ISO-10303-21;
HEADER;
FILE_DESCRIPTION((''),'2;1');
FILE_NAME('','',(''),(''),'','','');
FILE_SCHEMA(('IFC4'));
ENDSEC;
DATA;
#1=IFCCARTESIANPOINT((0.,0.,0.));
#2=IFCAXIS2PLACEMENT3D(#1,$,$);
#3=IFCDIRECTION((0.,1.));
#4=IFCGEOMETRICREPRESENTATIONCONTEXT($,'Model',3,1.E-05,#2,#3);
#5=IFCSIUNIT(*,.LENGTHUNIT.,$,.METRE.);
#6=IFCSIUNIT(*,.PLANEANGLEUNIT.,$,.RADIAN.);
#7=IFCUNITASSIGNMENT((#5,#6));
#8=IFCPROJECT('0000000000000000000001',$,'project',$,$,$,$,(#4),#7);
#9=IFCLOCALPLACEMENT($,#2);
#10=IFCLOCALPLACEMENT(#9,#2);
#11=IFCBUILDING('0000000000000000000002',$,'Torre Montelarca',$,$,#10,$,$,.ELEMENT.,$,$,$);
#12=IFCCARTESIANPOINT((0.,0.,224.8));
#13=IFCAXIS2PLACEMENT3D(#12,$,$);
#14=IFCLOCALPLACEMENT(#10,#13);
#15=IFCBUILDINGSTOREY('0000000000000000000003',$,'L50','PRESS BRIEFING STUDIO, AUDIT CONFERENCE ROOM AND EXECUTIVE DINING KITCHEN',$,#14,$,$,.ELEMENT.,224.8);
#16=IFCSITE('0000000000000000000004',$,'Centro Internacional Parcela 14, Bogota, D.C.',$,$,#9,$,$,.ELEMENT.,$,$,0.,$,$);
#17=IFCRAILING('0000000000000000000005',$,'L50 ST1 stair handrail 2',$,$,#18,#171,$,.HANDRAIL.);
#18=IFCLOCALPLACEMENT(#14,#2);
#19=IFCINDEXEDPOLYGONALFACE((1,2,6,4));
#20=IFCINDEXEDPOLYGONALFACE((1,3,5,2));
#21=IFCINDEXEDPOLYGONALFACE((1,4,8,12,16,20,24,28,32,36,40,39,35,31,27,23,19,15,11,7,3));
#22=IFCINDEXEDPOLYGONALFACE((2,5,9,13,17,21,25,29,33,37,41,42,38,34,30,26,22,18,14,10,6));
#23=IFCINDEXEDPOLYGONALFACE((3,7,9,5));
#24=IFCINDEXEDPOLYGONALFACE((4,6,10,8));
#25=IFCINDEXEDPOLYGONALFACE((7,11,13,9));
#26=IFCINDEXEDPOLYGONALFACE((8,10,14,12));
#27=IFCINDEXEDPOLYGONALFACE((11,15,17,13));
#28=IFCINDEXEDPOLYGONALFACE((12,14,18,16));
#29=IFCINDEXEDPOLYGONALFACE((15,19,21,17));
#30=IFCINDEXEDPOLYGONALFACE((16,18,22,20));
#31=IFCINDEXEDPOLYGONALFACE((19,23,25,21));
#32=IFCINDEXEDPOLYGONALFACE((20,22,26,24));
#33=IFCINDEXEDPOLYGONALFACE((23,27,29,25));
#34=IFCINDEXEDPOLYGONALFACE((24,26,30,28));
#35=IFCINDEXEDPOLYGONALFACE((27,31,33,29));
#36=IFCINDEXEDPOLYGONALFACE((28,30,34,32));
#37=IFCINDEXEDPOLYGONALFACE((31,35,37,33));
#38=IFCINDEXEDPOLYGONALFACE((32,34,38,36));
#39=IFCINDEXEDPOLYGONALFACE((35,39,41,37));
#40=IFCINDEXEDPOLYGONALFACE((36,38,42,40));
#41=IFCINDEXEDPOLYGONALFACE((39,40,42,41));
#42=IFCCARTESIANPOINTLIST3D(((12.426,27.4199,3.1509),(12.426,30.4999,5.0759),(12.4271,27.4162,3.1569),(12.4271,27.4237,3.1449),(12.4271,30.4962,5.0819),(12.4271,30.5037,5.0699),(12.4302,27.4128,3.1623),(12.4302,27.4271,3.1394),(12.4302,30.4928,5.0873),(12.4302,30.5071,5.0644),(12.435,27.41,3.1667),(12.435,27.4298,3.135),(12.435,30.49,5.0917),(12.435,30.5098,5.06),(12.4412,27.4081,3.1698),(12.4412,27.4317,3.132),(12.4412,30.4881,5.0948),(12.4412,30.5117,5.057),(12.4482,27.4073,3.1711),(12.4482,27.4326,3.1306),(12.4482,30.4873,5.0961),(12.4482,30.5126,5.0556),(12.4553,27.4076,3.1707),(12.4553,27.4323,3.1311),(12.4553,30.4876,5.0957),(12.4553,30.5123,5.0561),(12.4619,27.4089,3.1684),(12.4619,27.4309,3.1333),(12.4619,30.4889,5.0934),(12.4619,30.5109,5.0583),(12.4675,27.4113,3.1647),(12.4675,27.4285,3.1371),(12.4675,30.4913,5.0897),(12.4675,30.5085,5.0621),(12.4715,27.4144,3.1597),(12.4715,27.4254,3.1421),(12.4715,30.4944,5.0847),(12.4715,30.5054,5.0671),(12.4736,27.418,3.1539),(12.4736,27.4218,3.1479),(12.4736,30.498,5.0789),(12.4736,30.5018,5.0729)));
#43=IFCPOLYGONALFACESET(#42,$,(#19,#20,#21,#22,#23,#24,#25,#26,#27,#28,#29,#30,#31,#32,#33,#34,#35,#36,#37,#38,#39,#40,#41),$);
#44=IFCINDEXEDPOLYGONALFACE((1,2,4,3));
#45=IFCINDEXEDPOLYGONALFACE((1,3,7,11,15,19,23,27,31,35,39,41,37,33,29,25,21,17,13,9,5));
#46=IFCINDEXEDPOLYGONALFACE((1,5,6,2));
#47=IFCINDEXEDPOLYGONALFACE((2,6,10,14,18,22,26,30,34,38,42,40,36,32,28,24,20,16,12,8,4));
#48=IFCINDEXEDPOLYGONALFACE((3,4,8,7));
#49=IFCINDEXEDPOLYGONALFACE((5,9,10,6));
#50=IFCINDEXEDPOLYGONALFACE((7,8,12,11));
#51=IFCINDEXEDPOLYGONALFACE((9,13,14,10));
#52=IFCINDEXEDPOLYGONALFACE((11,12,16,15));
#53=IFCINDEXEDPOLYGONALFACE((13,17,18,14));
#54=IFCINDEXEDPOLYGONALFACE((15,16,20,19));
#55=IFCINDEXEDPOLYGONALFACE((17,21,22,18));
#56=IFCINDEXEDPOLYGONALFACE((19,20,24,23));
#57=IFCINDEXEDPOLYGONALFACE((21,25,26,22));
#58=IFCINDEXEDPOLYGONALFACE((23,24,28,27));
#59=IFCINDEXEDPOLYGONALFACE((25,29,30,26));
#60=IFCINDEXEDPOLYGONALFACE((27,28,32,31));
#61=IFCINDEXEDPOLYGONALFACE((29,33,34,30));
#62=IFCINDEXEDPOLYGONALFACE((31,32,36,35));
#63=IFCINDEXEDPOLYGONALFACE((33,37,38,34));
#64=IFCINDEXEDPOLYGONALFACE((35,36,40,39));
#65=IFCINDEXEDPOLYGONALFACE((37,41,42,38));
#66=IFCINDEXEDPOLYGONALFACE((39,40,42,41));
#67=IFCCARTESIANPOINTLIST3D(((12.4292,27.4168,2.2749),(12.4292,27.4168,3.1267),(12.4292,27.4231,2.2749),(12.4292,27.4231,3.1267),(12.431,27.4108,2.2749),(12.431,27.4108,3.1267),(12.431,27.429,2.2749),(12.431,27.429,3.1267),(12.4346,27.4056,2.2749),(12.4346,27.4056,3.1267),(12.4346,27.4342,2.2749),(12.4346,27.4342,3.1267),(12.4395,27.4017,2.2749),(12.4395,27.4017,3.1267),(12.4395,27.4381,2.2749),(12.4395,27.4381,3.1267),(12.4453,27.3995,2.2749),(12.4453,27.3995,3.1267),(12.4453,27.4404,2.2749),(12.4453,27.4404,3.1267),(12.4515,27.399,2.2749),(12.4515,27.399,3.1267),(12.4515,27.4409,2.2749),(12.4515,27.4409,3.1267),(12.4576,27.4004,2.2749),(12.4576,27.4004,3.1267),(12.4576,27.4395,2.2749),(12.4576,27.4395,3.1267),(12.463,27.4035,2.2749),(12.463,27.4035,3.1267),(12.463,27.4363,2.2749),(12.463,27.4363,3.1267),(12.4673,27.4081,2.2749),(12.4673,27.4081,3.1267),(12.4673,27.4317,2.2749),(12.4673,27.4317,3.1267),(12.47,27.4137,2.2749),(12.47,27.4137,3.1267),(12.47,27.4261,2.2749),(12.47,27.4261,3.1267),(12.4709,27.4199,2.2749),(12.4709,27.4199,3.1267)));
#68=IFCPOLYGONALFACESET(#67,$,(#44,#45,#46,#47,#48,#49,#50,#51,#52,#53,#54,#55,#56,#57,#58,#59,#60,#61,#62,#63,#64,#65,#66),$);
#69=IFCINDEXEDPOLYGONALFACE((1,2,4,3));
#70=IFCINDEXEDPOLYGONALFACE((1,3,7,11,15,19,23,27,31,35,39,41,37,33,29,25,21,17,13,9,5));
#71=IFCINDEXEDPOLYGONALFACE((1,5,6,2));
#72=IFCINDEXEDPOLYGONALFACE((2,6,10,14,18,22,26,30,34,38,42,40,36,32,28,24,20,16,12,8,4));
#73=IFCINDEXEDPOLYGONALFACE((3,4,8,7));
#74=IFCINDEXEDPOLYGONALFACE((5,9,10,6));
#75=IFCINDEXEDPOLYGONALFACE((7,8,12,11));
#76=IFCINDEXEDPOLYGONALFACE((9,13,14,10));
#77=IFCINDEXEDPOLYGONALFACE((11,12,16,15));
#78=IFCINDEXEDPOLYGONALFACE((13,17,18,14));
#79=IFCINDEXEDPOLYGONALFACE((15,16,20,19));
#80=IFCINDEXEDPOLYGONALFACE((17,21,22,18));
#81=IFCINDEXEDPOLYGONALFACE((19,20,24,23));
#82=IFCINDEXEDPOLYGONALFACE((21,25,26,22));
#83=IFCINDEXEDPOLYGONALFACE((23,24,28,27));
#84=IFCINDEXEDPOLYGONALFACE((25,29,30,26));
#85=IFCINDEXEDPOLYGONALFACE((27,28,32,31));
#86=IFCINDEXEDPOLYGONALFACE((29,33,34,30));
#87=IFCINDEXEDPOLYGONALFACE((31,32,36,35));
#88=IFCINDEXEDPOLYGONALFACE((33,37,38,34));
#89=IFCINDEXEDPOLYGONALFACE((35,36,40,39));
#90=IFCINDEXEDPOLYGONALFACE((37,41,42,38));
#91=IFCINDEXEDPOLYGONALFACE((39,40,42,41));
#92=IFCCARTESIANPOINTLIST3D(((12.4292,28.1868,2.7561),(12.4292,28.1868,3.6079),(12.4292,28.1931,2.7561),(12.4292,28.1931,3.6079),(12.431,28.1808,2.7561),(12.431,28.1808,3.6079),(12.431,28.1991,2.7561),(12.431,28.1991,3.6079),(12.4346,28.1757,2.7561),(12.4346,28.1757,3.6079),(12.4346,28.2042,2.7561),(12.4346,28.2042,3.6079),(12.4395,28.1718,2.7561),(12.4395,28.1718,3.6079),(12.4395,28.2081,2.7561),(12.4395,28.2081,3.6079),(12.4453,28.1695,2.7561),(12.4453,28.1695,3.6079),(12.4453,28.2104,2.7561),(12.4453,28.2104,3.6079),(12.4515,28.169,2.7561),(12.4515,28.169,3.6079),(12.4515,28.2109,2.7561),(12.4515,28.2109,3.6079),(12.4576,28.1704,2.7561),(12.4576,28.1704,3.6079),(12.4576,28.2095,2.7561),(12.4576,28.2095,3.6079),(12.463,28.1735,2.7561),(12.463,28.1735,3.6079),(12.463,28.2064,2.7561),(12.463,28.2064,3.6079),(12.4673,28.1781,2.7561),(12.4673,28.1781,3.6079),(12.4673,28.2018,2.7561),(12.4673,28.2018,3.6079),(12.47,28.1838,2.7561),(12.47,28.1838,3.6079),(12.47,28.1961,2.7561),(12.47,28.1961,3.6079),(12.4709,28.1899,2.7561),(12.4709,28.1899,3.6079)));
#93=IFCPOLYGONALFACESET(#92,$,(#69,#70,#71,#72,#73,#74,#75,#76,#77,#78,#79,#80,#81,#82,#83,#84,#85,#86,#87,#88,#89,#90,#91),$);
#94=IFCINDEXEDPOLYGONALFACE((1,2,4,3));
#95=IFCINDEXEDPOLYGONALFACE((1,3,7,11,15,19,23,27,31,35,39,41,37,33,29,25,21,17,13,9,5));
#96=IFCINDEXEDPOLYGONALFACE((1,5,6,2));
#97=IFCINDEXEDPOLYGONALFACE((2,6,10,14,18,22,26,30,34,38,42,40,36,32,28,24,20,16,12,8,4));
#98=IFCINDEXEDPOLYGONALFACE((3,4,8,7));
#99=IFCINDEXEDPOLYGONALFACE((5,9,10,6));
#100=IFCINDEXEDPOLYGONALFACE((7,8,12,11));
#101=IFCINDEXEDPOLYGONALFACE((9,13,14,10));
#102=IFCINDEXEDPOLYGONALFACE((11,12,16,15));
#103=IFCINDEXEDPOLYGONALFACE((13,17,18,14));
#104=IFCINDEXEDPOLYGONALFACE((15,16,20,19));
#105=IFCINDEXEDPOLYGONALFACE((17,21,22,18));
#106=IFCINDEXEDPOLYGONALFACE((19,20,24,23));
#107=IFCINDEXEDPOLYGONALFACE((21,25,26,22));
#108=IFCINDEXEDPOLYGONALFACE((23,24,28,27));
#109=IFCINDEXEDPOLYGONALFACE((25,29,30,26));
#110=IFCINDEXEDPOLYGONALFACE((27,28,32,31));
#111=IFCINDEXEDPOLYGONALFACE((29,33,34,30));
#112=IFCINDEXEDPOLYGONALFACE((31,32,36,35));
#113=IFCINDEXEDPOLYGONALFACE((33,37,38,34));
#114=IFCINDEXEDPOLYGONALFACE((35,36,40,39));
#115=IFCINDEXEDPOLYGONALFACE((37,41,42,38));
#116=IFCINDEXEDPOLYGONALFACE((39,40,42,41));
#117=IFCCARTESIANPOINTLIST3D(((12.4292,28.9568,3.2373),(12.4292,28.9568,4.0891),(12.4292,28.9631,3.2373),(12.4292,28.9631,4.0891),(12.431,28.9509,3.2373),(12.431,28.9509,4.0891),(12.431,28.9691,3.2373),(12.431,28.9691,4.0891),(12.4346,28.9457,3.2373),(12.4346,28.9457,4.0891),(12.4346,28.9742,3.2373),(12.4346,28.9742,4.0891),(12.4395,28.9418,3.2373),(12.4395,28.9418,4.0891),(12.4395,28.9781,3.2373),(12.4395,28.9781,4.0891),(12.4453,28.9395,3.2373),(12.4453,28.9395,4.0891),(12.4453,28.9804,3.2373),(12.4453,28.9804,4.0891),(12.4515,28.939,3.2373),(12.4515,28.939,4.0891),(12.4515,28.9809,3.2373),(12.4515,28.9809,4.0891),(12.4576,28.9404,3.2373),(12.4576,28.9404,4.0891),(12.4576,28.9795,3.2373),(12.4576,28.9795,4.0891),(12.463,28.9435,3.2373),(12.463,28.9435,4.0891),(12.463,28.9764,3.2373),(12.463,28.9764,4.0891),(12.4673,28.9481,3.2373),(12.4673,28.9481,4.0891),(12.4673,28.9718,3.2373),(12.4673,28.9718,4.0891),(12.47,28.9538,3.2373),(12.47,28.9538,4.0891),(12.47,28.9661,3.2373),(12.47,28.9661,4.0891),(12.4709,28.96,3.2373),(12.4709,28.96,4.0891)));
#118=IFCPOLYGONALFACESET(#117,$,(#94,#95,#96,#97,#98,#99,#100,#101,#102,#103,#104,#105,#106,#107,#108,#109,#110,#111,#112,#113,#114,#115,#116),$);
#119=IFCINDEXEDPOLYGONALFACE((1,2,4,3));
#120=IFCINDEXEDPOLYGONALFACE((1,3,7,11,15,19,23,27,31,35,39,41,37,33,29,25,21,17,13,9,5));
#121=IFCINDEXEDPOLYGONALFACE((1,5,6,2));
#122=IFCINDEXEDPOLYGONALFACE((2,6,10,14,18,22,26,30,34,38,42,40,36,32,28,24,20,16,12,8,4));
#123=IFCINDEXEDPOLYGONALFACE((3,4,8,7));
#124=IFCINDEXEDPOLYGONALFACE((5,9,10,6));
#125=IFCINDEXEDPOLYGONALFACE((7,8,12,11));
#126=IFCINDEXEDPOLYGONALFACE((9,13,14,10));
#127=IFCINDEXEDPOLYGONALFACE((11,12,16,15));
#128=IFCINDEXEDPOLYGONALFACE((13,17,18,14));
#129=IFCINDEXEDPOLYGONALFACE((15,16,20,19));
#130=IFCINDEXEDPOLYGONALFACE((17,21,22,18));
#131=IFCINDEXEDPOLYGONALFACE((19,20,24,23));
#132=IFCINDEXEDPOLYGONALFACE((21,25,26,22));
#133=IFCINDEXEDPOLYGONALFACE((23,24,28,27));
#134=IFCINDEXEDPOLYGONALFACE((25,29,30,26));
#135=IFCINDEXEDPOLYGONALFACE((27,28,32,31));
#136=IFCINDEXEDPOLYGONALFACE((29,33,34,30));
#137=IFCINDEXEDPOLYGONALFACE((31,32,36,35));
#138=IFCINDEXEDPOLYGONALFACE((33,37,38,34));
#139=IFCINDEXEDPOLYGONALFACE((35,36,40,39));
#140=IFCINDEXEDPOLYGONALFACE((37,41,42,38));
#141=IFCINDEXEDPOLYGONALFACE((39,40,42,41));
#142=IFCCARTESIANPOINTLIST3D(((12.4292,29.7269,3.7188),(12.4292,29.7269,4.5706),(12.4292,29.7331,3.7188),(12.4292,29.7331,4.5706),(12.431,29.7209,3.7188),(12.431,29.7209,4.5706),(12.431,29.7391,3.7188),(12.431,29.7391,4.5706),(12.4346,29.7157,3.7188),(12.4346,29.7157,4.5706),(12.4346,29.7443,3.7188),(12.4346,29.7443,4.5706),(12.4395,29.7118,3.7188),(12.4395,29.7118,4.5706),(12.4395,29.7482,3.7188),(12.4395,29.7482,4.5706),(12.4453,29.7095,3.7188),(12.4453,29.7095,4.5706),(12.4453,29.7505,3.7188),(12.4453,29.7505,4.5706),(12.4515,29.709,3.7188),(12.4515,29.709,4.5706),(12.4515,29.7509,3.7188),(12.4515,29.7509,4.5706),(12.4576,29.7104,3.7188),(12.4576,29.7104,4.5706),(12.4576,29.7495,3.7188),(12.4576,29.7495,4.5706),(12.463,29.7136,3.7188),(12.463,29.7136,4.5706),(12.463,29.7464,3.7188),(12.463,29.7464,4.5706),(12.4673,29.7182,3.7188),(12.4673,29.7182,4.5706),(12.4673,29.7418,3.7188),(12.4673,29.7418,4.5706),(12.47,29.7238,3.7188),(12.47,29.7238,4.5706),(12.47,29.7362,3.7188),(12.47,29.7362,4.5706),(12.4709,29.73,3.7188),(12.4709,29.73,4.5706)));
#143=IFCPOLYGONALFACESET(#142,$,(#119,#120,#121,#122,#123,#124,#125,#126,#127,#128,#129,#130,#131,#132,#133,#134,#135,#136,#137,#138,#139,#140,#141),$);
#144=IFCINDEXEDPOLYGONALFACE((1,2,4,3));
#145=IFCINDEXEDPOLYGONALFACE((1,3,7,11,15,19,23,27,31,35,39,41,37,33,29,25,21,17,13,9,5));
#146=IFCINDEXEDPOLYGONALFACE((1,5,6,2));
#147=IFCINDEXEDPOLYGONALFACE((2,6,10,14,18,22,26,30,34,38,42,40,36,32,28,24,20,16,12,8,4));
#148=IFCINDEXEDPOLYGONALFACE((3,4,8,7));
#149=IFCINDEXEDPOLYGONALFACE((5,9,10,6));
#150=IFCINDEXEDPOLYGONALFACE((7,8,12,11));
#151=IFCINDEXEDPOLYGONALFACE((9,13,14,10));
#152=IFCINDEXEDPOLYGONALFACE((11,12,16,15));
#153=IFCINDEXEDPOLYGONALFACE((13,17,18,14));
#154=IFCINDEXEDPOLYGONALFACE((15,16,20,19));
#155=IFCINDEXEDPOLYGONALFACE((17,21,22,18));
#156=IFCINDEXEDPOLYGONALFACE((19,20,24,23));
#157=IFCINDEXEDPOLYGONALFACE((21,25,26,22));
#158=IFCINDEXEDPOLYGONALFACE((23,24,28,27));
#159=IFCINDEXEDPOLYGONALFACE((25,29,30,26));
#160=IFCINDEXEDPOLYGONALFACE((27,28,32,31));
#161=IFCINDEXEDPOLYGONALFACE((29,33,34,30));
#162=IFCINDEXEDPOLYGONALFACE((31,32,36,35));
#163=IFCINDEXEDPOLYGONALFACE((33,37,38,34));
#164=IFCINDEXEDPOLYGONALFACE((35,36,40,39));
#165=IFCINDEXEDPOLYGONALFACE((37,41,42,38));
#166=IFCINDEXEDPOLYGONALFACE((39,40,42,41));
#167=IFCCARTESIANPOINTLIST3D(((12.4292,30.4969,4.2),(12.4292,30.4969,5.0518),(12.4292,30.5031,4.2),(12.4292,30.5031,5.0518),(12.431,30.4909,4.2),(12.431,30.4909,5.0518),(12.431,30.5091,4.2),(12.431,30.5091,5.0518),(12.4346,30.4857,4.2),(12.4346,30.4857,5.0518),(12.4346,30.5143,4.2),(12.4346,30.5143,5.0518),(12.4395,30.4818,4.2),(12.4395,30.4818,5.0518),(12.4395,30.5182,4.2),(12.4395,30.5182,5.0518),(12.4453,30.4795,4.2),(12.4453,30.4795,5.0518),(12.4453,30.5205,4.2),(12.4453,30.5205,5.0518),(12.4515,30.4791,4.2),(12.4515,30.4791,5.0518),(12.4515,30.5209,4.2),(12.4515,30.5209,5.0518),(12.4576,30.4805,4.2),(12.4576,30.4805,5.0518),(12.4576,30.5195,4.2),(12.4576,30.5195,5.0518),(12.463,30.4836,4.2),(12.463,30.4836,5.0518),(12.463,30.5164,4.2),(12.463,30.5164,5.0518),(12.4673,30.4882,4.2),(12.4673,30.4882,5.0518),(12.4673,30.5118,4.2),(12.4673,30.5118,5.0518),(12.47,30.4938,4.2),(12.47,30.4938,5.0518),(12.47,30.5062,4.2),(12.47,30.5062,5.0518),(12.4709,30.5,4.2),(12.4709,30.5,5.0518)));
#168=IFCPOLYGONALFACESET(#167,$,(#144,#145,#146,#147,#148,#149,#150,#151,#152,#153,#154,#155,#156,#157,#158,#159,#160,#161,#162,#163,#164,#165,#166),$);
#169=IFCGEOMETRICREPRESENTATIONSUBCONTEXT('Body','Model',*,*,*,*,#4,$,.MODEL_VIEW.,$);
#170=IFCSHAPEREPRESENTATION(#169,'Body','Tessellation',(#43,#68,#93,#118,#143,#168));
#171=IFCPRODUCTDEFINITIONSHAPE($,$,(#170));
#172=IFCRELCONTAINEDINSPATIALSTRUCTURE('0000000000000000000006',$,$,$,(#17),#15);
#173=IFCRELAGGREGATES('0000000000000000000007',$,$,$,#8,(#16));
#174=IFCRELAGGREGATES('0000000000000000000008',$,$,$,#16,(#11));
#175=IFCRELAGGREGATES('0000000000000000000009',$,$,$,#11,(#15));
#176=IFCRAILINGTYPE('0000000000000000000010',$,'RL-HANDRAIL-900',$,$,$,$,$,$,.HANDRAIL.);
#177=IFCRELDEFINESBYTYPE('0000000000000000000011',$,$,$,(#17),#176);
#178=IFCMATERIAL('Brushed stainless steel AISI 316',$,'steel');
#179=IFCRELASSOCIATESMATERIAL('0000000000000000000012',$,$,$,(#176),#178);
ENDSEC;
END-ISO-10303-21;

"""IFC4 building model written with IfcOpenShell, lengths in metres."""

from ifc_helpers import new_model, si_unit, direction, frame, origin, origin_2d, place, context, subcontext, project, spatial, circle, extrude, material, type_object, element, save


model = new_model("IFC4")

# Units and contexts
model_context = context("Model", 3, precision=1e-05, world=origin(), true_north=direction((0.0, 1.0)))
body_context = subcontext(model_context, "Body", "Model", "MODEL_VIEW")
ifc_project = project(units=[si_unit("LENGTHUNIT", "METRE"), si_unit("PLANEANGLEUNIT", "RADIAN")], contexts=[model_context])

# Site, building, storey
site_placement = place(None, origin())
site = spatial("IfcSite", under=ifc_project, at=site_placement, Name="Centro Internacional Parcela 14, Bogota, D.C.", CompositionType="ELEMENT", RefElevation=0.0)
building_placement = place(site_placement, origin())
building = spatial("IfcBuilding", under=site, at=building_placement, Name="Torre Montelarca", CompositionType="ELEMENT")
storey_placement = place(building_placement, frame((0.0, 0.0, 224.8)))
storey = spatial("IfcBuildingStorey", under=building, at=storey_placement, Name="L50", Description="PRESS BRIEFING STUDIO, AUDIT CONFERENCE ROOM AND EXECUTIVE DINING KITCHEN", CompositionType="ELEMENT", Elevation=224.8)

# Railing
ifc_material_1 = material(Name="Brushed stainless steel AISI 316", Category="steel")
railing_type_1 = type_object("IfcRailingType", Name="RL-HANDRAIL-900", PredefinedType="HANDRAIL", material=ifc_material_1)
railing_1_placement = place(storey_placement, frame((12.45, 27.4199, 2.2749)))
element("IfcRailing", 1, at=railing_1_placement, inside=storey, type_object=railing_type_1, Name="L50 ST1 stair handrail 2", PredefinedType="HANDRAIL", context=body_context, shape_type="SweptSolid", body=[
    extrude(circle(Radius=0.0239, at=origin_2d()), frame((0.0, 0.0, 0.876), z_axis=(0.0, 0.847998, 0.529999), x_axis=(-1.0, 0.0, 0.0)), (0.0, 0.0, 1.0), 3.6321),
    extrude(circle(Radius=0.021, at=origin_2d()), origin(), (0.0, 0.0, 1.0), 0.8518),
    extrude(circle(Radius=0.021, at=origin_2d()), frame((0.0, 0.77, 0.4812)), (0.0, 0.0, 1.0), 0.8518),
    extrude(circle(Radius=0.021, at=origin_2d()), frame((0.0, 1.54, 0.9624)), (0.0, 0.0, 1.0), 0.8518),
    extrude(circle(Radius=0.021, at=origin_2d()), frame((0.0, 2.3101, 1.4438)), (0.0, 0.0, 1.0), 0.8518),
    extrude(circle(Radius=0.021, at=origin_2d()), frame((0.0, 3.0801, 1.925)), (0.0, 0.0, 1.0), 0.8518),
])

save(model, "model.ifc")
